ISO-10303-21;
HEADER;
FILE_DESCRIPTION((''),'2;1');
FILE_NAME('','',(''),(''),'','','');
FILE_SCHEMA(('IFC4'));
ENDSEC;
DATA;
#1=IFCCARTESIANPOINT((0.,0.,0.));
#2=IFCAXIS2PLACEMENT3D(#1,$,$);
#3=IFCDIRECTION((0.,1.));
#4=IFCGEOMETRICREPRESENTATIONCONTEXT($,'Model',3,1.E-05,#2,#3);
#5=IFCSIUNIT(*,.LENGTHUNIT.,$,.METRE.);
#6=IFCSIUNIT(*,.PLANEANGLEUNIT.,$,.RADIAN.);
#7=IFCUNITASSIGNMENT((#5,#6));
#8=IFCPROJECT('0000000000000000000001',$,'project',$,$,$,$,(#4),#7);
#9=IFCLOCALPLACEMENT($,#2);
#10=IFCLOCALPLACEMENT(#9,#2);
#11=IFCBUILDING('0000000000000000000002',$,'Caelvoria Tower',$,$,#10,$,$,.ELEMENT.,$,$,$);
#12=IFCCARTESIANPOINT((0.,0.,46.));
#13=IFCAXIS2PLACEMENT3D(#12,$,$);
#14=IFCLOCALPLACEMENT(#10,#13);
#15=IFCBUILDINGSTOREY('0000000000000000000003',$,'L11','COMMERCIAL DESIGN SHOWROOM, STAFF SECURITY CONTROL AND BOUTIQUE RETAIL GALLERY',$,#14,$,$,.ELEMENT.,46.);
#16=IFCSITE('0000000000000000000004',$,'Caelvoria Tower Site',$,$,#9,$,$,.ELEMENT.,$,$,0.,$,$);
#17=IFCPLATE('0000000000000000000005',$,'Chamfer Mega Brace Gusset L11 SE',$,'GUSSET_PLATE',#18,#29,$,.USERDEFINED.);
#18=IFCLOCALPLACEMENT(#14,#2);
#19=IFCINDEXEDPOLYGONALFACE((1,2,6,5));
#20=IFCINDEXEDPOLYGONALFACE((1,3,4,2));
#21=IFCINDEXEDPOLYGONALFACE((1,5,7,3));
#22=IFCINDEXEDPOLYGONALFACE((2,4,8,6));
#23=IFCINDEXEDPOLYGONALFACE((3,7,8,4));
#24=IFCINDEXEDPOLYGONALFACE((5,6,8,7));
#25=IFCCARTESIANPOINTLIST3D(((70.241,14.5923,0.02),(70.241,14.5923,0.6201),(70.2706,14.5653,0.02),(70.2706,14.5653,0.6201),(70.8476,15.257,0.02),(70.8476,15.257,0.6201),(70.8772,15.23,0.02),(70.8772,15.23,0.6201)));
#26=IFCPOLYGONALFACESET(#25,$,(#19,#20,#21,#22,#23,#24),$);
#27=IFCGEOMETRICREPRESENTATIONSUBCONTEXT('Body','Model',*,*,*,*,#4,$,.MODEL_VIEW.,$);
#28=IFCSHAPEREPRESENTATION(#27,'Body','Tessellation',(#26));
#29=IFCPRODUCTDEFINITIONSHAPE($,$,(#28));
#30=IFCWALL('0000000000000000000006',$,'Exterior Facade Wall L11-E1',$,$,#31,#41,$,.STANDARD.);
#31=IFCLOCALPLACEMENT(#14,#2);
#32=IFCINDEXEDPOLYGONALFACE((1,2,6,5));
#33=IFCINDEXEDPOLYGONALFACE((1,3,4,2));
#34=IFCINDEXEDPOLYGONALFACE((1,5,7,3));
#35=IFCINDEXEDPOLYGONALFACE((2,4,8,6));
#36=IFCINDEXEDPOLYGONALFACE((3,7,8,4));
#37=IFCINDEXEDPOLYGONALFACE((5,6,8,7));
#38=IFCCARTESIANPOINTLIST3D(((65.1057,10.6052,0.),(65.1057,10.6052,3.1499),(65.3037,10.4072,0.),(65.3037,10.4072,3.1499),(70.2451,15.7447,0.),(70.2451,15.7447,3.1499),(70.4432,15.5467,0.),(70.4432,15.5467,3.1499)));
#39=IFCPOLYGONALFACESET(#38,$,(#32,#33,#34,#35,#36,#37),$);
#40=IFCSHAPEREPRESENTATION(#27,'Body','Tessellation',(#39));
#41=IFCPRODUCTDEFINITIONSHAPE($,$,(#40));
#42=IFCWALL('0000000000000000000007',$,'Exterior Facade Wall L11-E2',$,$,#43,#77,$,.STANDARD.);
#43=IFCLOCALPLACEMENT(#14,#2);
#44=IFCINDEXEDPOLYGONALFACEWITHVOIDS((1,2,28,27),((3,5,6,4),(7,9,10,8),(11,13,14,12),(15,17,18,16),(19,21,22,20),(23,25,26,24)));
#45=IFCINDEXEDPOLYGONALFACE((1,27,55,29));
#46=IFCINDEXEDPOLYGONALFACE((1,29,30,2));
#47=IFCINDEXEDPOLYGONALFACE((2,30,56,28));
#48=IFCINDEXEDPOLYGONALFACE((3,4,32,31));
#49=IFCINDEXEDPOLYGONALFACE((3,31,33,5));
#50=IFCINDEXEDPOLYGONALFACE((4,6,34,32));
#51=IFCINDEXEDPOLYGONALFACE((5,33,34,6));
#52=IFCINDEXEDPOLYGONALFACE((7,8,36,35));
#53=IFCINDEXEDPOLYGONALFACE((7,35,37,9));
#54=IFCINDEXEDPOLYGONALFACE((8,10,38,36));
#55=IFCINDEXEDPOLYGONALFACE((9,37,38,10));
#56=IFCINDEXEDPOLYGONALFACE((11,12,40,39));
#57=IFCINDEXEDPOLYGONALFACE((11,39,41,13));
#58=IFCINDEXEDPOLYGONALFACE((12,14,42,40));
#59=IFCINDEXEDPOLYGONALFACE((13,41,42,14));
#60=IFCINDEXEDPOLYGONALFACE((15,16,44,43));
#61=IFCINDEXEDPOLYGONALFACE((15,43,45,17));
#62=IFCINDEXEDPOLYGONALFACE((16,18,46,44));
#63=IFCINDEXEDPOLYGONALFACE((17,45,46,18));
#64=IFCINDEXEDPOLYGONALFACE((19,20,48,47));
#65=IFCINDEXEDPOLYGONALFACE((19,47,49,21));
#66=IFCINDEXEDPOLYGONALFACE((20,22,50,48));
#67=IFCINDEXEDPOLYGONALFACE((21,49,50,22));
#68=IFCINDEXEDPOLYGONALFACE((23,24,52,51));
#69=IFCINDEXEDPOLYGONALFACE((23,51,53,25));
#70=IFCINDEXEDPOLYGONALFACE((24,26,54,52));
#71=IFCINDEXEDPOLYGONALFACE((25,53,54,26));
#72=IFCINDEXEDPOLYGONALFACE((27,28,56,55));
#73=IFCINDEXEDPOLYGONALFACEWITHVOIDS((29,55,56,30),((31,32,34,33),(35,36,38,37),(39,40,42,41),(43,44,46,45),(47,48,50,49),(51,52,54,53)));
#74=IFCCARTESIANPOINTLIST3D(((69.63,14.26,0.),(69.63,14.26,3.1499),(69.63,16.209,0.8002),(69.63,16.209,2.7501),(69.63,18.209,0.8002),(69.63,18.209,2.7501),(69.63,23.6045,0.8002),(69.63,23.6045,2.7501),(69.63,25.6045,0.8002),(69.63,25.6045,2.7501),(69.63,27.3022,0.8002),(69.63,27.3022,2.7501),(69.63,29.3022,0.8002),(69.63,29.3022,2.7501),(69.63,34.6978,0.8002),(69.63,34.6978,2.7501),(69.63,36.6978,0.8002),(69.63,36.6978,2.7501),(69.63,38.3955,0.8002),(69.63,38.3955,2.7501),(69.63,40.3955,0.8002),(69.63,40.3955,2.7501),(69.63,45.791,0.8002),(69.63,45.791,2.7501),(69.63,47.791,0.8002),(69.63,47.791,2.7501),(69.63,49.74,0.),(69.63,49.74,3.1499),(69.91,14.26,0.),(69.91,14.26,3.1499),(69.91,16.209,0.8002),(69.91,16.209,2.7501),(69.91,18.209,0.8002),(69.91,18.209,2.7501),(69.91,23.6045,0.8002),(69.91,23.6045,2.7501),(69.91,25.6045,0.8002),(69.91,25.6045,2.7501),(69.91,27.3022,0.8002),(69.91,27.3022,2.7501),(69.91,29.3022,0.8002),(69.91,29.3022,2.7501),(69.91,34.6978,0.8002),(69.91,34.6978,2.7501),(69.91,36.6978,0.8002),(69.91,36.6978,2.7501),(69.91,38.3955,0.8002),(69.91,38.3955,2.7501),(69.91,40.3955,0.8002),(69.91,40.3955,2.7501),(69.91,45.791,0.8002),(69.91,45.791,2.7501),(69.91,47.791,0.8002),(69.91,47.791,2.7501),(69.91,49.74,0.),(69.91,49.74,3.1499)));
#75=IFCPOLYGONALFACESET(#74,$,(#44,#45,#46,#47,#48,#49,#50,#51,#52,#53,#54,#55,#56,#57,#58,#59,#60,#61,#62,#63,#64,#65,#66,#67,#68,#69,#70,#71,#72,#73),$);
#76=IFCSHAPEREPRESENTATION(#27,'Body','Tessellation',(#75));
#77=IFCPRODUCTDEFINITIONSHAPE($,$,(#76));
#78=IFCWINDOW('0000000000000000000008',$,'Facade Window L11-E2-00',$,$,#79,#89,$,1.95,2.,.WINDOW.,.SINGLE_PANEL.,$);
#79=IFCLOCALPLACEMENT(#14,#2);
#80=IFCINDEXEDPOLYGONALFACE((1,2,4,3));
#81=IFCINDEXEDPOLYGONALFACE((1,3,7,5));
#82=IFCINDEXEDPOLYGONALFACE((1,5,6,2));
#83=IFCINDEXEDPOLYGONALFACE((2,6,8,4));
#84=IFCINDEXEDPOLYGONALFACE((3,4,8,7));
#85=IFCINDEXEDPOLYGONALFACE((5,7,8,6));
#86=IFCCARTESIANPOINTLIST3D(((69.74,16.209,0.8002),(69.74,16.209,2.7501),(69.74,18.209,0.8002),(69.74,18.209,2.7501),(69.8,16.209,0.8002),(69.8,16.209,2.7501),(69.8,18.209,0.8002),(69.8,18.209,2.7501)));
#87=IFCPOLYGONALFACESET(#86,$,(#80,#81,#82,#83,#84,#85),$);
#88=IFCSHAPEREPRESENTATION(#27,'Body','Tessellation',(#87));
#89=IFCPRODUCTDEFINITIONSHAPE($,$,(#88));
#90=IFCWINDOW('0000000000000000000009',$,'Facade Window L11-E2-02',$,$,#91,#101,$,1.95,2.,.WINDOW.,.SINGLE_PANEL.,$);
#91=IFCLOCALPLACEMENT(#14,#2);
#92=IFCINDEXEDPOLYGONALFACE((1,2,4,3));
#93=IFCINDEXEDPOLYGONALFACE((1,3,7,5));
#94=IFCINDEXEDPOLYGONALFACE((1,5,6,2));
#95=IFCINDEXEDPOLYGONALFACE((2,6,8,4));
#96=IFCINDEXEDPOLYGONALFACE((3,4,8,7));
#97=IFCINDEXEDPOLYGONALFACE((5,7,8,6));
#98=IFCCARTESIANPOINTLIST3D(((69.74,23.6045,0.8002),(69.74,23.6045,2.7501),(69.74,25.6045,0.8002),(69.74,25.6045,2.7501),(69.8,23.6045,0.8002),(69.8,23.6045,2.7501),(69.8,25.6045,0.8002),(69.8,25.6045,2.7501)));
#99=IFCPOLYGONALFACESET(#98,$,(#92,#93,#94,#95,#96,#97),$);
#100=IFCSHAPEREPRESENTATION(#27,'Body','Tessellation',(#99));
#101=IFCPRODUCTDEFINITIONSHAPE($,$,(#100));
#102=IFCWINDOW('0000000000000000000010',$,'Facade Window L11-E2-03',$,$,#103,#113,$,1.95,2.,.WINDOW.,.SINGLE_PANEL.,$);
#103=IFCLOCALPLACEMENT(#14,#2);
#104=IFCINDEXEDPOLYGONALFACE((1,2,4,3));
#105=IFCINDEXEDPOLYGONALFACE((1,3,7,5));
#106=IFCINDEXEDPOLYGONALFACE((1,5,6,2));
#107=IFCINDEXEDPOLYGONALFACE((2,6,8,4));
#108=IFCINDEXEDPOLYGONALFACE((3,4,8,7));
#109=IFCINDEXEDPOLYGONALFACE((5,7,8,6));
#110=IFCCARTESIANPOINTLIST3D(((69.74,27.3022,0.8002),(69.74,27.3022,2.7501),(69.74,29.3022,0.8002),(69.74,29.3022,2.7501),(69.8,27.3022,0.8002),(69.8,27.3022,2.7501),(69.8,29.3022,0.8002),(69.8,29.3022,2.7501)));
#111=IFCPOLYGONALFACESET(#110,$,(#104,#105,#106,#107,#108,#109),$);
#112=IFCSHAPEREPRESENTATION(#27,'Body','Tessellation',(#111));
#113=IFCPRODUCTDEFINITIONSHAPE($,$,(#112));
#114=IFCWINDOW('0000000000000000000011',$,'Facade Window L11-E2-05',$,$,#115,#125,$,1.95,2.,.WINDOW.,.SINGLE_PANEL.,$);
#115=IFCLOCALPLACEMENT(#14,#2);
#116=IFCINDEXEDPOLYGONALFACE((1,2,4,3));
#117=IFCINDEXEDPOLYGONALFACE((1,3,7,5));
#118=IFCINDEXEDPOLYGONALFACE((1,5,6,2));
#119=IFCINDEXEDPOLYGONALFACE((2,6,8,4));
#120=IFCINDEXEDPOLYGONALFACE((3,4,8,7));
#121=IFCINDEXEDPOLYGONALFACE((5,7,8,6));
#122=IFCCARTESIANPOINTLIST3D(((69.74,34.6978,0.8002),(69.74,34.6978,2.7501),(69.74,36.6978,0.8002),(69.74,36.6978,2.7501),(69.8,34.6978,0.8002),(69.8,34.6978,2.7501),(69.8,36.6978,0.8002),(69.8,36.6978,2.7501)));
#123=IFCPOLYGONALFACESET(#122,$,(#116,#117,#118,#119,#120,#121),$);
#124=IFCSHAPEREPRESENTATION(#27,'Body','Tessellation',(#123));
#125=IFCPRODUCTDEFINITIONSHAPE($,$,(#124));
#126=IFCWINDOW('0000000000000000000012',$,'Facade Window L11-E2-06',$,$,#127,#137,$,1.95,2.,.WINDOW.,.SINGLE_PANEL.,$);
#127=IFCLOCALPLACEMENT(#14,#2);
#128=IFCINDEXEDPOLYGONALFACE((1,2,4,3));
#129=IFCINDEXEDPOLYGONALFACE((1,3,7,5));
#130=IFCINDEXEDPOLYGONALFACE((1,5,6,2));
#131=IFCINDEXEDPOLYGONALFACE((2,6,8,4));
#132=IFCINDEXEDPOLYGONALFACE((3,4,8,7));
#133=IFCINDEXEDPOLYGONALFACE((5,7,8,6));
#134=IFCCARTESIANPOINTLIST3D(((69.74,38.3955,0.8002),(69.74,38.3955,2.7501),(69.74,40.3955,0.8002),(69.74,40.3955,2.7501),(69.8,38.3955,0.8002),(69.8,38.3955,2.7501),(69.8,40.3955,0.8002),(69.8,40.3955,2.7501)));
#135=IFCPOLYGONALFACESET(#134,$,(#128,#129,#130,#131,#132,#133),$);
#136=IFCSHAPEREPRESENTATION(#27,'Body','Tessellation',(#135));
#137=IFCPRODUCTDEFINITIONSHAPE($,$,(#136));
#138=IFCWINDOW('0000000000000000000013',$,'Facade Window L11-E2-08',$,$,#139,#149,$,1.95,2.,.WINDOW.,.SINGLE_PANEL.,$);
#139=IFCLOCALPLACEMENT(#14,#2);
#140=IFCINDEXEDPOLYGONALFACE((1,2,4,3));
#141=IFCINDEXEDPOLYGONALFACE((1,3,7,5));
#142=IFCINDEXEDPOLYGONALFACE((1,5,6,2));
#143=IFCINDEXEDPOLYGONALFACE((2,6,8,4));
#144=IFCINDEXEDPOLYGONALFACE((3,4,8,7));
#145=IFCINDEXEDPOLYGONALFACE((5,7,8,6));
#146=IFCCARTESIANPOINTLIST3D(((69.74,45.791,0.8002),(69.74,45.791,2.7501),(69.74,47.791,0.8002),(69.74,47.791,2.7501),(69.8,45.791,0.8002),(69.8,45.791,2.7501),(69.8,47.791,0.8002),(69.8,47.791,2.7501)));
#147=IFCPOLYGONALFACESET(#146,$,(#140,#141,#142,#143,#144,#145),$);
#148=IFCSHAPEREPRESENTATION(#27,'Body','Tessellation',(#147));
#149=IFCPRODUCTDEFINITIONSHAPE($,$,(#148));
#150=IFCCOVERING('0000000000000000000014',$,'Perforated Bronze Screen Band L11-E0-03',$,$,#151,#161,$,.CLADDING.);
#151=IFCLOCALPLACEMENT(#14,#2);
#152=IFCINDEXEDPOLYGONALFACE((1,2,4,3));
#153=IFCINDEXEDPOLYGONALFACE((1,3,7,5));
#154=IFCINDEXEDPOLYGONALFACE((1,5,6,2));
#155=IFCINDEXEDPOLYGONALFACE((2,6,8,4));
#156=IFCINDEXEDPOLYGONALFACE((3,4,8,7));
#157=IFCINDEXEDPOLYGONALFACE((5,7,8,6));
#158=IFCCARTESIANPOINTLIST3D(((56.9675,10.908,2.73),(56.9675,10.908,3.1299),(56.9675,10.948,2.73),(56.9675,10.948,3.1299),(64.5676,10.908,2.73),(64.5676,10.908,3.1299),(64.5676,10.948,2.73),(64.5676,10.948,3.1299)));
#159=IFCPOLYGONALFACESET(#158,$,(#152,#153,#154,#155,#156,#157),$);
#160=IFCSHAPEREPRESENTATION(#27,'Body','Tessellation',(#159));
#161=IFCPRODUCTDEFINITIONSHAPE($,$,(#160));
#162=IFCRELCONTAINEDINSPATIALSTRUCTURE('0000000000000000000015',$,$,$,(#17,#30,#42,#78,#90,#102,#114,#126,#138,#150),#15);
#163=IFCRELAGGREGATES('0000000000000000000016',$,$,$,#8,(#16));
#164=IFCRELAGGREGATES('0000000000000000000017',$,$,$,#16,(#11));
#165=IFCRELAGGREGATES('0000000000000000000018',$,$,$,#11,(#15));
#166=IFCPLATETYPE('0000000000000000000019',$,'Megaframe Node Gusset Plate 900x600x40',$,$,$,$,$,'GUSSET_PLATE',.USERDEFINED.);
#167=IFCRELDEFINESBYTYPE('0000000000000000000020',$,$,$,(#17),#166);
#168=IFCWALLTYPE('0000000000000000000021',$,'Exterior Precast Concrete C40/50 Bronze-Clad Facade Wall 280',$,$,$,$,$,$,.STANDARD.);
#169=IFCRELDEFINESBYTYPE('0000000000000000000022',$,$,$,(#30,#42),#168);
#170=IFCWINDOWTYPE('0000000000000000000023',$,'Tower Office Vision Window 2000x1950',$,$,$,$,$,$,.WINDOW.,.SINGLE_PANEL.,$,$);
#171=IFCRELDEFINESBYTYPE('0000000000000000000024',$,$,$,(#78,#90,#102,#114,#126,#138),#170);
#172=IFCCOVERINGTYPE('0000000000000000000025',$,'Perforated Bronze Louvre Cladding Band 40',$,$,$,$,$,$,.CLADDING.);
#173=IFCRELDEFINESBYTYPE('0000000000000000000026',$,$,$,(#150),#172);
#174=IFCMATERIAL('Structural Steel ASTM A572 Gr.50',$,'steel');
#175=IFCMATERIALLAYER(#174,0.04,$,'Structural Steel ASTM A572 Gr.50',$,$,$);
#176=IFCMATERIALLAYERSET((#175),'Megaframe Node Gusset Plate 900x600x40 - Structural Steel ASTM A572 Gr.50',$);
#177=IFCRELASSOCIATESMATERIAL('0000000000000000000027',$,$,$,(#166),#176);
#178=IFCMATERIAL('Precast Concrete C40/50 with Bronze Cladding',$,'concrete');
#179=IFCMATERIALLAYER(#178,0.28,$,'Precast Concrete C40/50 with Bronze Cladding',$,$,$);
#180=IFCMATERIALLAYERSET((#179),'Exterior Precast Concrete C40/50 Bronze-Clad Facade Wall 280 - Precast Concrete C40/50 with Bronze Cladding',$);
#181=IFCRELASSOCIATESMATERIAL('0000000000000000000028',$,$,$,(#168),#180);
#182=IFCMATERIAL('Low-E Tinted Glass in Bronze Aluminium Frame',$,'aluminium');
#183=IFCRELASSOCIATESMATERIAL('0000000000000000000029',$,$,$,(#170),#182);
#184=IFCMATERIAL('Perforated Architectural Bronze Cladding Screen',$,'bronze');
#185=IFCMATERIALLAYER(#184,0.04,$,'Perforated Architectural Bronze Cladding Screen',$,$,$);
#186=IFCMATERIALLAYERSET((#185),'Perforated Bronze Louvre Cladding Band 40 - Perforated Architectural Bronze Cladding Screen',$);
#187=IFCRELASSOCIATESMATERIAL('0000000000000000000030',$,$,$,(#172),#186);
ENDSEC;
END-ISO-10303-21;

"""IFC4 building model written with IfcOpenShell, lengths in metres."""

from ifc_helpers import new_model, si_unit, direction, frame, frame_2d, origin, origin_2d, place, context, subcontext, project, spatial, rectangle, extrude, material, layer, layer_set, type_object, element, fill, save


model = new_model("IFC4")

# Units and contexts
model_context = context("Model", 3, precision=1e-05, world=origin(), true_north=direction((0.0, 1.0)))
body_context = subcontext(model_context, "Body", "Model", "MODEL_VIEW")
ifc_project = project(units=[si_unit("LENGTHUNIT", "METRE"), si_unit("PLANEANGLEUNIT", "RADIAN")], contexts=[model_context])

# Site, building, storey
site_placement = place(None, origin())
site = spatial("IfcSite", under=ifc_project, at=site_placement, Name="Caelvoria Tower Site", CompositionType="ELEMENT", RefElevation=0.0)
building_placement = place(site_placement, origin())
building = spatial("IfcBuilding", under=site, at=building_placement, Name="Caelvoria Tower", CompositionType="ELEMENT")
storey_placement = place(building_placement, frame((0.0, 0.0, 46.0)))
storey = spatial("IfcBuildingStorey", under=building, at=storey_placement, Name="L11", Description="COMMERCIAL DESIGN SHOWROOM, STAFF SECURITY CONTROL AND BOUTIQUE RETAIL GALLERY", CompositionType="ELEMENT", Elevation=46.0)

# Shared definitions
ifc_material_1 = material(Name="Structural Steel ASTM A572 Gr.50", Category="steel")

# Plate
ifc_layer_1 = layer(ifc_material_1, 0.04, Name="Structural Steel ASTM A572 Gr.50")
ifc_layer_set_1 = layer_set([ifc_layer_1], Name="Megaframe Node Gusset Plate 900x600x40 - Structural Steel ASTM A572 Gr.50")
plate_type = type_object("IfcPlateType", Name="Megaframe Node Gusset Plate 900x600x40", ElementType="GUSSET_PLATE", PredefinedType="USERDEFINED", material=ifc_layer_set_1)
plate_placement = place(storey_placement, frame((70.5591, 14.9111, 0.02), z_axis=(0.0, 0.0, 1.0), x_axis=(-0.674081, -0.738658, 0.0)))
element("IfcPlate", 1, at=plate_placement, inside=storey, type_object=plate_type, Name="Chamfer Mega Brace Gusset L11 SE", ObjectType="GUSSET_PLATE", PredefinedType="USERDEFINED", context=body_context, shape_type="SweptSolid", body=[
    extrude(rectangle(XDim=0.8999, YDim=0.04, at=origin_2d()), origin(), (0.0, 0.0, 1.0), 0.6001),
])

# Wall
ifc_material_2 = material(Name="Precast Concrete C40/50 with Bronze Cladding", Category="concrete")
ifc_layer_2 = layer(ifc_material_2, 0.28, Name="Precast Concrete C40/50 with Bronze Cladding")
ifc_layer_set_2 = layer_set([ifc_layer_2], Name="Exterior Precast Concrete C40/50 Bronze-Clad Facade Wall 280 - Precast Concrete C40/50 with Bronze Cladding")
wall_type = type_object("IfcWallType", Name="Exterior Precast Concrete C40/50 Bronze-Clad Facade Wall 280", PredefinedType="STANDARD", material=ifc_layer_set_2)
wall_1_placement = place(storey_placement, frame((65.2046, 10.5061, 0.0), z_axis=(0.0, 0.0, 1.0), x_axis=(0.707107, 0.707107, 0.0)))
element("IfcWall", 2, at=wall_1_placement, inside=storey, type_object=wall_type, Name="Exterior Facade Wall L11-E1", PredefinedType="STANDARD", context=body_context, shape_type="SweptSolid", body=[
    extrude(rectangle(XDim=7.2683, YDim=0.28, at=frame_2d((3.6343, 0.0))), origin(), (0.0, 0.0, 1.0), 3.1499),
])

# Wall, openings, windows
wall_2_placement = place(storey_placement, frame((69.77, 14.26, 0.0), z_axis=(0.0, 0.0, 1.0), x_axis=(0.0, 1.0, 0.0)))
wall_2 = element("IfcWall", 3, at=wall_2_placement, inside=storey, type_object=wall_type, Name="Exterior Facade Wall L11-E2", PredefinedType="STANDARD", context=body_context, shape_type="SweptSolid", body=[
    extrude(rectangle(XDim=35.48, YDim=0.28, at=frame_2d((17.74, 0.0))), origin(), (0.0, 0.0, 1.0), 3.1499),
])
opening_1_placement = place(wall_2_placement, frame((1.949, 0.0, 0.8)))
opening_1 = element("IfcOpeningElement", 4, at=opening_1_placement, cuts=wall_2, PredefinedType="OPENING", context=body_context, shape_type="SweptSolid", body=[
    extrude(rectangle(XDim=2.0, YDim=1.95, at=frame_2d((1.0, 0.9751))), frame((0.0, 0.1499, 0.0), z_axis=(0.0, -1.0, 0.0), x_axis=(1.0, 0.0, 0.0)), (0.0, 0.0, 1.0), 0.3),
])
opening_2_placement = place(wall_2_placement, frame((9.3445, 0.0, 0.8)))
opening_2 = element("IfcOpeningElement", 5, at=opening_2_placement, cuts=wall_2, PredefinedType="OPENING", context=body_context, shape_type="SweptSolid", body=[
    extrude(rectangle(XDim=2.0, YDim=1.95, at=frame_2d((1.0, 0.9751))), frame((0.0, 0.1499, 0.0), z_axis=(0.0, -1.0, 0.0), x_axis=(1.0, 0.0, 0.0)), (0.0, 0.0, 1.0), 0.3),
])
opening_3_placement = place(wall_2_placement, frame((13.0422, 0.0, 0.8)))
opening_3 = element("IfcOpeningElement", 6, at=opening_3_placement, cuts=wall_2, PredefinedType="OPENING", context=body_context, shape_type="SweptSolid", body=[
    extrude(rectangle(XDim=2.0, YDim=1.95, at=frame_2d((1.0, 0.9751))), frame((0.0, 0.1499, 0.0), z_axis=(0.0, -1.0, 0.0), x_axis=(1.0, 0.0, 0.0)), (0.0, 0.0, 1.0), 0.3),
])
opening_4_placement = place(wall_2_placement, frame((20.4377, 0.0, 0.8)))
opening_4 = element("IfcOpeningElement", 7, at=opening_4_placement, cuts=wall_2, PredefinedType="OPENING", context=body_context, shape_type="SweptSolid", body=[
    extrude(rectangle(XDim=2.0, YDim=1.95, at=frame_2d((1.0, 0.9751))), frame((0.0, 0.1499, 0.0), z_axis=(0.0, -1.0, 0.0), x_axis=(1.0, 0.0, 0.0)), (0.0, 0.0, 1.0), 0.3),
])
opening_5_placement = place(wall_2_placement, frame((24.1355, 0.0, 0.8)))
opening_5 = element("IfcOpeningElement", 8, at=opening_5_placement, cuts=wall_2, PredefinedType="OPENING", context=body_context, shape_type="SweptSolid", body=[
    extrude(rectangle(XDim=2.0, YDim=1.95, at=frame_2d((1.0, 0.9751))), frame((0.0, 0.1499, 0.0), z_axis=(0.0, -1.0, 0.0), x_axis=(1.0, 0.0, 0.0)), (0.0, 0.0, 1.0), 0.3),
])
opening_6_placement = place(wall_2_placement, frame((31.531, 0.0, 0.8)))
opening_6 = element("IfcOpeningElement", 9, at=opening_6_placement, cuts=wall_2, PredefinedType="OPENING", context=body_context, shape_type="SweptSolid", body=[
    extrude(rectangle(XDim=2.0, YDim=1.95, at=frame_2d((1.0, 0.9751))), frame((0.0, 0.1499, 0.0), z_axis=(0.0, -1.0, 0.0), x_axis=(1.0, 0.0, 0.0)), (0.0, 0.0, 1.0), 0.3),
])
ifc_material_3 = material(Name="Low-E Tinted Glass in Bronze Aluminium Frame", Category="aluminium")
window_type = type_object("IfcWindowType", Name="Tower Office Vision Window 2000x1950", PartitioningType="SINGLE_PANEL", PredefinedType="WINDOW", material=ifc_material_3)
window_1_placement = place(opening_1_placement, origin())
window_1 = element("IfcWindow", 10, at=window_1_placement, inside=storey, type_object=window_type, Name="Facade Window L11-E2-00", OverallHeight=1.95, OverallWidth=2.0, PartitioningType="SINGLE_PANEL", PredefinedType="WINDOW", context=body_context, shape_type="SweptSolid", body=[
    extrude(rectangle(XDim=2.0, YDim=1.95, at=frame_2d((1.0, 0.9751))), frame((0.0, 0.03, 0.0), z_axis=(0.0, -1.0, 0.0), x_axis=(1.0, 0.0, 0.0)), (0.0, 0.0, 1.0), 0.0601),
])
fill(opening_1, window_1)
window_2_placement = place(opening_2_placement, origin())
window_2 = element("IfcWindow", 11, at=window_2_placement, inside=storey, type_object=window_type, Name="Facade Window L11-E2-02", OverallHeight=1.95, OverallWidth=2.0, PartitioningType="SINGLE_PANEL", PredefinedType="WINDOW", context=body_context, shape_type="SweptSolid", body=[
    extrude(rectangle(XDim=2.0, YDim=1.95, at=frame_2d((1.0, 0.9751))), frame((0.0, 0.03, 0.0), z_axis=(0.0, -1.0, 0.0), x_axis=(1.0, 0.0, 0.0)), (0.0, 0.0, 1.0), 0.0601),
])
fill(opening_2, window_2)
window_3_placement = place(opening_3_placement, origin())
window_3 = element("IfcWindow", 12, at=window_3_placement, inside=storey, type_object=window_type, Name="Facade Window L11-E2-03", OverallHeight=1.95, OverallWidth=2.0, PartitioningType="SINGLE_PANEL", PredefinedType="WINDOW", context=body_context, shape_type="SweptSolid", body=[
    extrude(rectangle(XDim=2.0, YDim=1.95, at=frame_2d((1.0, 0.9751))), frame((0.0, 0.03, 0.0), z_axis=(0.0, -1.0, 0.0), x_axis=(1.0, 0.0, 0.0)), (0.0, 0.0, 1.0), 0.0601),
])
fill(opening_3, window_3)
window_4_placement = place(opening_4_placement, origin())
window_4 = element("IfcWindow", 13, at=window_4_placement, inside=storey, type_object=window_type, Name="Facade Window L11-E2-05", OverallHeight=1.95, OverallWidth=2.0, PartitioningType="SINGLE_PANEL", PredefinedType="WINDOW", context=body_context, shape_type="SweptSolid", body=[
    extrude(rectangle(XDim=2.0, YDim=1.95, at=frame_2d((1.0, 0.9751))), frame((0.0, 0.03, 0.0), z_axis=(0.0, -1.0, 0.0), x_axis=(1.0, 0.0, 0.0)), (0.0, 0.0, 1.0), 0.0601),
])
fill(opening_4, window_4)
window_5_placement = place(opening_5_placement, origin())
window_5 = element("IfcWindow", 14, at=window_5_placement, inside=storey, type_object=window_type, Name="Facade Window L11-E2-06", OverallHeight=1.95, OverallWidth=2.0, PartitioningType="SINGLE_PANEL", PredefinedType="WINDOW", context=body_context, shape_type="SweptSolid", body=[
    extrude(rectangle(XDim=2.0, YDim=1.95, at=frame_2d((1.0, 0.9751))), frame((0.0, 0.03, 0.0), z_axis=(0.0, -1.0, 0.0), x_axis=(1.0, 0.0, 0.0)), (0.0, 0.0, 1.0), 0.0601),
])
fill(opening_5, window_5)
window_6_placement = place(opening_6_placement, origin())
window_6 = element("IfcWindow", 15, at=window_6_placement, inside=storey, type_object=window_type, Name="Facade Window L11-E2-08", OverallHeight=1.95, OverallWidth=2.0, PartitioningType="SINGLE_PANEL", PredefinedType="WINDOW", context=body_context, shape_type="SweptSolid", body=[
    extrude(rectangle(XDim=2.0, YDim=1.95, at=frame_2d((1.0, 0.9751))), frame((0.0, 0.03, 0.0), z_axis=(0.0, -1.0, 0.0), x_axis=(1.0, 0.0, 0.0)), (0.0, 0.0, 1.0), 0.0601),
])
fill(opening_6, window_6)

# Covering
ifc_material_4 = material(Name="Perforated Architectural Bronze Cladding Screen", Category="bronze")
ifc_layer_3 = layer(ifc_material_4, 0.04, Name="Perforated Architectural Bronze Cladding Screen")
ifc_layer_set_3 = layer_set([ifc_layer_3], Name="Perforated Bronze Louvre Cladding Band 40 - Perforated Architectural Bronze Cladding Screen")
covering_type = type_object("IfcCoveringType", Name="Perforated Bronze Louvre Cladding Band 40", PredefinedType="CLADDING", material=ifc_layer_set_3)
covering_1_placement = place(storey_placement, frame((60.7676, 10.928, 2.73), z_axis=(0.0, 0.0, 1.0), x_axis=(1.0, 0.0, 0.0)))
element("IfcCovering", 16, at=covering_1_placement, inside=storey, type_object=covering_type, Name="Perforated Bronze Screen Band L11-E0-03", PredefinedType="CLADDING", context=body_context, shape_type="SweptSolid", body=[
    extrude(rectangle(XDim=7.6001, YDim=0.04, at=origin_2d()), origin(), (0.0, 0.0, 1.0), 0.3999),
])

save(model, "model.ifc")
